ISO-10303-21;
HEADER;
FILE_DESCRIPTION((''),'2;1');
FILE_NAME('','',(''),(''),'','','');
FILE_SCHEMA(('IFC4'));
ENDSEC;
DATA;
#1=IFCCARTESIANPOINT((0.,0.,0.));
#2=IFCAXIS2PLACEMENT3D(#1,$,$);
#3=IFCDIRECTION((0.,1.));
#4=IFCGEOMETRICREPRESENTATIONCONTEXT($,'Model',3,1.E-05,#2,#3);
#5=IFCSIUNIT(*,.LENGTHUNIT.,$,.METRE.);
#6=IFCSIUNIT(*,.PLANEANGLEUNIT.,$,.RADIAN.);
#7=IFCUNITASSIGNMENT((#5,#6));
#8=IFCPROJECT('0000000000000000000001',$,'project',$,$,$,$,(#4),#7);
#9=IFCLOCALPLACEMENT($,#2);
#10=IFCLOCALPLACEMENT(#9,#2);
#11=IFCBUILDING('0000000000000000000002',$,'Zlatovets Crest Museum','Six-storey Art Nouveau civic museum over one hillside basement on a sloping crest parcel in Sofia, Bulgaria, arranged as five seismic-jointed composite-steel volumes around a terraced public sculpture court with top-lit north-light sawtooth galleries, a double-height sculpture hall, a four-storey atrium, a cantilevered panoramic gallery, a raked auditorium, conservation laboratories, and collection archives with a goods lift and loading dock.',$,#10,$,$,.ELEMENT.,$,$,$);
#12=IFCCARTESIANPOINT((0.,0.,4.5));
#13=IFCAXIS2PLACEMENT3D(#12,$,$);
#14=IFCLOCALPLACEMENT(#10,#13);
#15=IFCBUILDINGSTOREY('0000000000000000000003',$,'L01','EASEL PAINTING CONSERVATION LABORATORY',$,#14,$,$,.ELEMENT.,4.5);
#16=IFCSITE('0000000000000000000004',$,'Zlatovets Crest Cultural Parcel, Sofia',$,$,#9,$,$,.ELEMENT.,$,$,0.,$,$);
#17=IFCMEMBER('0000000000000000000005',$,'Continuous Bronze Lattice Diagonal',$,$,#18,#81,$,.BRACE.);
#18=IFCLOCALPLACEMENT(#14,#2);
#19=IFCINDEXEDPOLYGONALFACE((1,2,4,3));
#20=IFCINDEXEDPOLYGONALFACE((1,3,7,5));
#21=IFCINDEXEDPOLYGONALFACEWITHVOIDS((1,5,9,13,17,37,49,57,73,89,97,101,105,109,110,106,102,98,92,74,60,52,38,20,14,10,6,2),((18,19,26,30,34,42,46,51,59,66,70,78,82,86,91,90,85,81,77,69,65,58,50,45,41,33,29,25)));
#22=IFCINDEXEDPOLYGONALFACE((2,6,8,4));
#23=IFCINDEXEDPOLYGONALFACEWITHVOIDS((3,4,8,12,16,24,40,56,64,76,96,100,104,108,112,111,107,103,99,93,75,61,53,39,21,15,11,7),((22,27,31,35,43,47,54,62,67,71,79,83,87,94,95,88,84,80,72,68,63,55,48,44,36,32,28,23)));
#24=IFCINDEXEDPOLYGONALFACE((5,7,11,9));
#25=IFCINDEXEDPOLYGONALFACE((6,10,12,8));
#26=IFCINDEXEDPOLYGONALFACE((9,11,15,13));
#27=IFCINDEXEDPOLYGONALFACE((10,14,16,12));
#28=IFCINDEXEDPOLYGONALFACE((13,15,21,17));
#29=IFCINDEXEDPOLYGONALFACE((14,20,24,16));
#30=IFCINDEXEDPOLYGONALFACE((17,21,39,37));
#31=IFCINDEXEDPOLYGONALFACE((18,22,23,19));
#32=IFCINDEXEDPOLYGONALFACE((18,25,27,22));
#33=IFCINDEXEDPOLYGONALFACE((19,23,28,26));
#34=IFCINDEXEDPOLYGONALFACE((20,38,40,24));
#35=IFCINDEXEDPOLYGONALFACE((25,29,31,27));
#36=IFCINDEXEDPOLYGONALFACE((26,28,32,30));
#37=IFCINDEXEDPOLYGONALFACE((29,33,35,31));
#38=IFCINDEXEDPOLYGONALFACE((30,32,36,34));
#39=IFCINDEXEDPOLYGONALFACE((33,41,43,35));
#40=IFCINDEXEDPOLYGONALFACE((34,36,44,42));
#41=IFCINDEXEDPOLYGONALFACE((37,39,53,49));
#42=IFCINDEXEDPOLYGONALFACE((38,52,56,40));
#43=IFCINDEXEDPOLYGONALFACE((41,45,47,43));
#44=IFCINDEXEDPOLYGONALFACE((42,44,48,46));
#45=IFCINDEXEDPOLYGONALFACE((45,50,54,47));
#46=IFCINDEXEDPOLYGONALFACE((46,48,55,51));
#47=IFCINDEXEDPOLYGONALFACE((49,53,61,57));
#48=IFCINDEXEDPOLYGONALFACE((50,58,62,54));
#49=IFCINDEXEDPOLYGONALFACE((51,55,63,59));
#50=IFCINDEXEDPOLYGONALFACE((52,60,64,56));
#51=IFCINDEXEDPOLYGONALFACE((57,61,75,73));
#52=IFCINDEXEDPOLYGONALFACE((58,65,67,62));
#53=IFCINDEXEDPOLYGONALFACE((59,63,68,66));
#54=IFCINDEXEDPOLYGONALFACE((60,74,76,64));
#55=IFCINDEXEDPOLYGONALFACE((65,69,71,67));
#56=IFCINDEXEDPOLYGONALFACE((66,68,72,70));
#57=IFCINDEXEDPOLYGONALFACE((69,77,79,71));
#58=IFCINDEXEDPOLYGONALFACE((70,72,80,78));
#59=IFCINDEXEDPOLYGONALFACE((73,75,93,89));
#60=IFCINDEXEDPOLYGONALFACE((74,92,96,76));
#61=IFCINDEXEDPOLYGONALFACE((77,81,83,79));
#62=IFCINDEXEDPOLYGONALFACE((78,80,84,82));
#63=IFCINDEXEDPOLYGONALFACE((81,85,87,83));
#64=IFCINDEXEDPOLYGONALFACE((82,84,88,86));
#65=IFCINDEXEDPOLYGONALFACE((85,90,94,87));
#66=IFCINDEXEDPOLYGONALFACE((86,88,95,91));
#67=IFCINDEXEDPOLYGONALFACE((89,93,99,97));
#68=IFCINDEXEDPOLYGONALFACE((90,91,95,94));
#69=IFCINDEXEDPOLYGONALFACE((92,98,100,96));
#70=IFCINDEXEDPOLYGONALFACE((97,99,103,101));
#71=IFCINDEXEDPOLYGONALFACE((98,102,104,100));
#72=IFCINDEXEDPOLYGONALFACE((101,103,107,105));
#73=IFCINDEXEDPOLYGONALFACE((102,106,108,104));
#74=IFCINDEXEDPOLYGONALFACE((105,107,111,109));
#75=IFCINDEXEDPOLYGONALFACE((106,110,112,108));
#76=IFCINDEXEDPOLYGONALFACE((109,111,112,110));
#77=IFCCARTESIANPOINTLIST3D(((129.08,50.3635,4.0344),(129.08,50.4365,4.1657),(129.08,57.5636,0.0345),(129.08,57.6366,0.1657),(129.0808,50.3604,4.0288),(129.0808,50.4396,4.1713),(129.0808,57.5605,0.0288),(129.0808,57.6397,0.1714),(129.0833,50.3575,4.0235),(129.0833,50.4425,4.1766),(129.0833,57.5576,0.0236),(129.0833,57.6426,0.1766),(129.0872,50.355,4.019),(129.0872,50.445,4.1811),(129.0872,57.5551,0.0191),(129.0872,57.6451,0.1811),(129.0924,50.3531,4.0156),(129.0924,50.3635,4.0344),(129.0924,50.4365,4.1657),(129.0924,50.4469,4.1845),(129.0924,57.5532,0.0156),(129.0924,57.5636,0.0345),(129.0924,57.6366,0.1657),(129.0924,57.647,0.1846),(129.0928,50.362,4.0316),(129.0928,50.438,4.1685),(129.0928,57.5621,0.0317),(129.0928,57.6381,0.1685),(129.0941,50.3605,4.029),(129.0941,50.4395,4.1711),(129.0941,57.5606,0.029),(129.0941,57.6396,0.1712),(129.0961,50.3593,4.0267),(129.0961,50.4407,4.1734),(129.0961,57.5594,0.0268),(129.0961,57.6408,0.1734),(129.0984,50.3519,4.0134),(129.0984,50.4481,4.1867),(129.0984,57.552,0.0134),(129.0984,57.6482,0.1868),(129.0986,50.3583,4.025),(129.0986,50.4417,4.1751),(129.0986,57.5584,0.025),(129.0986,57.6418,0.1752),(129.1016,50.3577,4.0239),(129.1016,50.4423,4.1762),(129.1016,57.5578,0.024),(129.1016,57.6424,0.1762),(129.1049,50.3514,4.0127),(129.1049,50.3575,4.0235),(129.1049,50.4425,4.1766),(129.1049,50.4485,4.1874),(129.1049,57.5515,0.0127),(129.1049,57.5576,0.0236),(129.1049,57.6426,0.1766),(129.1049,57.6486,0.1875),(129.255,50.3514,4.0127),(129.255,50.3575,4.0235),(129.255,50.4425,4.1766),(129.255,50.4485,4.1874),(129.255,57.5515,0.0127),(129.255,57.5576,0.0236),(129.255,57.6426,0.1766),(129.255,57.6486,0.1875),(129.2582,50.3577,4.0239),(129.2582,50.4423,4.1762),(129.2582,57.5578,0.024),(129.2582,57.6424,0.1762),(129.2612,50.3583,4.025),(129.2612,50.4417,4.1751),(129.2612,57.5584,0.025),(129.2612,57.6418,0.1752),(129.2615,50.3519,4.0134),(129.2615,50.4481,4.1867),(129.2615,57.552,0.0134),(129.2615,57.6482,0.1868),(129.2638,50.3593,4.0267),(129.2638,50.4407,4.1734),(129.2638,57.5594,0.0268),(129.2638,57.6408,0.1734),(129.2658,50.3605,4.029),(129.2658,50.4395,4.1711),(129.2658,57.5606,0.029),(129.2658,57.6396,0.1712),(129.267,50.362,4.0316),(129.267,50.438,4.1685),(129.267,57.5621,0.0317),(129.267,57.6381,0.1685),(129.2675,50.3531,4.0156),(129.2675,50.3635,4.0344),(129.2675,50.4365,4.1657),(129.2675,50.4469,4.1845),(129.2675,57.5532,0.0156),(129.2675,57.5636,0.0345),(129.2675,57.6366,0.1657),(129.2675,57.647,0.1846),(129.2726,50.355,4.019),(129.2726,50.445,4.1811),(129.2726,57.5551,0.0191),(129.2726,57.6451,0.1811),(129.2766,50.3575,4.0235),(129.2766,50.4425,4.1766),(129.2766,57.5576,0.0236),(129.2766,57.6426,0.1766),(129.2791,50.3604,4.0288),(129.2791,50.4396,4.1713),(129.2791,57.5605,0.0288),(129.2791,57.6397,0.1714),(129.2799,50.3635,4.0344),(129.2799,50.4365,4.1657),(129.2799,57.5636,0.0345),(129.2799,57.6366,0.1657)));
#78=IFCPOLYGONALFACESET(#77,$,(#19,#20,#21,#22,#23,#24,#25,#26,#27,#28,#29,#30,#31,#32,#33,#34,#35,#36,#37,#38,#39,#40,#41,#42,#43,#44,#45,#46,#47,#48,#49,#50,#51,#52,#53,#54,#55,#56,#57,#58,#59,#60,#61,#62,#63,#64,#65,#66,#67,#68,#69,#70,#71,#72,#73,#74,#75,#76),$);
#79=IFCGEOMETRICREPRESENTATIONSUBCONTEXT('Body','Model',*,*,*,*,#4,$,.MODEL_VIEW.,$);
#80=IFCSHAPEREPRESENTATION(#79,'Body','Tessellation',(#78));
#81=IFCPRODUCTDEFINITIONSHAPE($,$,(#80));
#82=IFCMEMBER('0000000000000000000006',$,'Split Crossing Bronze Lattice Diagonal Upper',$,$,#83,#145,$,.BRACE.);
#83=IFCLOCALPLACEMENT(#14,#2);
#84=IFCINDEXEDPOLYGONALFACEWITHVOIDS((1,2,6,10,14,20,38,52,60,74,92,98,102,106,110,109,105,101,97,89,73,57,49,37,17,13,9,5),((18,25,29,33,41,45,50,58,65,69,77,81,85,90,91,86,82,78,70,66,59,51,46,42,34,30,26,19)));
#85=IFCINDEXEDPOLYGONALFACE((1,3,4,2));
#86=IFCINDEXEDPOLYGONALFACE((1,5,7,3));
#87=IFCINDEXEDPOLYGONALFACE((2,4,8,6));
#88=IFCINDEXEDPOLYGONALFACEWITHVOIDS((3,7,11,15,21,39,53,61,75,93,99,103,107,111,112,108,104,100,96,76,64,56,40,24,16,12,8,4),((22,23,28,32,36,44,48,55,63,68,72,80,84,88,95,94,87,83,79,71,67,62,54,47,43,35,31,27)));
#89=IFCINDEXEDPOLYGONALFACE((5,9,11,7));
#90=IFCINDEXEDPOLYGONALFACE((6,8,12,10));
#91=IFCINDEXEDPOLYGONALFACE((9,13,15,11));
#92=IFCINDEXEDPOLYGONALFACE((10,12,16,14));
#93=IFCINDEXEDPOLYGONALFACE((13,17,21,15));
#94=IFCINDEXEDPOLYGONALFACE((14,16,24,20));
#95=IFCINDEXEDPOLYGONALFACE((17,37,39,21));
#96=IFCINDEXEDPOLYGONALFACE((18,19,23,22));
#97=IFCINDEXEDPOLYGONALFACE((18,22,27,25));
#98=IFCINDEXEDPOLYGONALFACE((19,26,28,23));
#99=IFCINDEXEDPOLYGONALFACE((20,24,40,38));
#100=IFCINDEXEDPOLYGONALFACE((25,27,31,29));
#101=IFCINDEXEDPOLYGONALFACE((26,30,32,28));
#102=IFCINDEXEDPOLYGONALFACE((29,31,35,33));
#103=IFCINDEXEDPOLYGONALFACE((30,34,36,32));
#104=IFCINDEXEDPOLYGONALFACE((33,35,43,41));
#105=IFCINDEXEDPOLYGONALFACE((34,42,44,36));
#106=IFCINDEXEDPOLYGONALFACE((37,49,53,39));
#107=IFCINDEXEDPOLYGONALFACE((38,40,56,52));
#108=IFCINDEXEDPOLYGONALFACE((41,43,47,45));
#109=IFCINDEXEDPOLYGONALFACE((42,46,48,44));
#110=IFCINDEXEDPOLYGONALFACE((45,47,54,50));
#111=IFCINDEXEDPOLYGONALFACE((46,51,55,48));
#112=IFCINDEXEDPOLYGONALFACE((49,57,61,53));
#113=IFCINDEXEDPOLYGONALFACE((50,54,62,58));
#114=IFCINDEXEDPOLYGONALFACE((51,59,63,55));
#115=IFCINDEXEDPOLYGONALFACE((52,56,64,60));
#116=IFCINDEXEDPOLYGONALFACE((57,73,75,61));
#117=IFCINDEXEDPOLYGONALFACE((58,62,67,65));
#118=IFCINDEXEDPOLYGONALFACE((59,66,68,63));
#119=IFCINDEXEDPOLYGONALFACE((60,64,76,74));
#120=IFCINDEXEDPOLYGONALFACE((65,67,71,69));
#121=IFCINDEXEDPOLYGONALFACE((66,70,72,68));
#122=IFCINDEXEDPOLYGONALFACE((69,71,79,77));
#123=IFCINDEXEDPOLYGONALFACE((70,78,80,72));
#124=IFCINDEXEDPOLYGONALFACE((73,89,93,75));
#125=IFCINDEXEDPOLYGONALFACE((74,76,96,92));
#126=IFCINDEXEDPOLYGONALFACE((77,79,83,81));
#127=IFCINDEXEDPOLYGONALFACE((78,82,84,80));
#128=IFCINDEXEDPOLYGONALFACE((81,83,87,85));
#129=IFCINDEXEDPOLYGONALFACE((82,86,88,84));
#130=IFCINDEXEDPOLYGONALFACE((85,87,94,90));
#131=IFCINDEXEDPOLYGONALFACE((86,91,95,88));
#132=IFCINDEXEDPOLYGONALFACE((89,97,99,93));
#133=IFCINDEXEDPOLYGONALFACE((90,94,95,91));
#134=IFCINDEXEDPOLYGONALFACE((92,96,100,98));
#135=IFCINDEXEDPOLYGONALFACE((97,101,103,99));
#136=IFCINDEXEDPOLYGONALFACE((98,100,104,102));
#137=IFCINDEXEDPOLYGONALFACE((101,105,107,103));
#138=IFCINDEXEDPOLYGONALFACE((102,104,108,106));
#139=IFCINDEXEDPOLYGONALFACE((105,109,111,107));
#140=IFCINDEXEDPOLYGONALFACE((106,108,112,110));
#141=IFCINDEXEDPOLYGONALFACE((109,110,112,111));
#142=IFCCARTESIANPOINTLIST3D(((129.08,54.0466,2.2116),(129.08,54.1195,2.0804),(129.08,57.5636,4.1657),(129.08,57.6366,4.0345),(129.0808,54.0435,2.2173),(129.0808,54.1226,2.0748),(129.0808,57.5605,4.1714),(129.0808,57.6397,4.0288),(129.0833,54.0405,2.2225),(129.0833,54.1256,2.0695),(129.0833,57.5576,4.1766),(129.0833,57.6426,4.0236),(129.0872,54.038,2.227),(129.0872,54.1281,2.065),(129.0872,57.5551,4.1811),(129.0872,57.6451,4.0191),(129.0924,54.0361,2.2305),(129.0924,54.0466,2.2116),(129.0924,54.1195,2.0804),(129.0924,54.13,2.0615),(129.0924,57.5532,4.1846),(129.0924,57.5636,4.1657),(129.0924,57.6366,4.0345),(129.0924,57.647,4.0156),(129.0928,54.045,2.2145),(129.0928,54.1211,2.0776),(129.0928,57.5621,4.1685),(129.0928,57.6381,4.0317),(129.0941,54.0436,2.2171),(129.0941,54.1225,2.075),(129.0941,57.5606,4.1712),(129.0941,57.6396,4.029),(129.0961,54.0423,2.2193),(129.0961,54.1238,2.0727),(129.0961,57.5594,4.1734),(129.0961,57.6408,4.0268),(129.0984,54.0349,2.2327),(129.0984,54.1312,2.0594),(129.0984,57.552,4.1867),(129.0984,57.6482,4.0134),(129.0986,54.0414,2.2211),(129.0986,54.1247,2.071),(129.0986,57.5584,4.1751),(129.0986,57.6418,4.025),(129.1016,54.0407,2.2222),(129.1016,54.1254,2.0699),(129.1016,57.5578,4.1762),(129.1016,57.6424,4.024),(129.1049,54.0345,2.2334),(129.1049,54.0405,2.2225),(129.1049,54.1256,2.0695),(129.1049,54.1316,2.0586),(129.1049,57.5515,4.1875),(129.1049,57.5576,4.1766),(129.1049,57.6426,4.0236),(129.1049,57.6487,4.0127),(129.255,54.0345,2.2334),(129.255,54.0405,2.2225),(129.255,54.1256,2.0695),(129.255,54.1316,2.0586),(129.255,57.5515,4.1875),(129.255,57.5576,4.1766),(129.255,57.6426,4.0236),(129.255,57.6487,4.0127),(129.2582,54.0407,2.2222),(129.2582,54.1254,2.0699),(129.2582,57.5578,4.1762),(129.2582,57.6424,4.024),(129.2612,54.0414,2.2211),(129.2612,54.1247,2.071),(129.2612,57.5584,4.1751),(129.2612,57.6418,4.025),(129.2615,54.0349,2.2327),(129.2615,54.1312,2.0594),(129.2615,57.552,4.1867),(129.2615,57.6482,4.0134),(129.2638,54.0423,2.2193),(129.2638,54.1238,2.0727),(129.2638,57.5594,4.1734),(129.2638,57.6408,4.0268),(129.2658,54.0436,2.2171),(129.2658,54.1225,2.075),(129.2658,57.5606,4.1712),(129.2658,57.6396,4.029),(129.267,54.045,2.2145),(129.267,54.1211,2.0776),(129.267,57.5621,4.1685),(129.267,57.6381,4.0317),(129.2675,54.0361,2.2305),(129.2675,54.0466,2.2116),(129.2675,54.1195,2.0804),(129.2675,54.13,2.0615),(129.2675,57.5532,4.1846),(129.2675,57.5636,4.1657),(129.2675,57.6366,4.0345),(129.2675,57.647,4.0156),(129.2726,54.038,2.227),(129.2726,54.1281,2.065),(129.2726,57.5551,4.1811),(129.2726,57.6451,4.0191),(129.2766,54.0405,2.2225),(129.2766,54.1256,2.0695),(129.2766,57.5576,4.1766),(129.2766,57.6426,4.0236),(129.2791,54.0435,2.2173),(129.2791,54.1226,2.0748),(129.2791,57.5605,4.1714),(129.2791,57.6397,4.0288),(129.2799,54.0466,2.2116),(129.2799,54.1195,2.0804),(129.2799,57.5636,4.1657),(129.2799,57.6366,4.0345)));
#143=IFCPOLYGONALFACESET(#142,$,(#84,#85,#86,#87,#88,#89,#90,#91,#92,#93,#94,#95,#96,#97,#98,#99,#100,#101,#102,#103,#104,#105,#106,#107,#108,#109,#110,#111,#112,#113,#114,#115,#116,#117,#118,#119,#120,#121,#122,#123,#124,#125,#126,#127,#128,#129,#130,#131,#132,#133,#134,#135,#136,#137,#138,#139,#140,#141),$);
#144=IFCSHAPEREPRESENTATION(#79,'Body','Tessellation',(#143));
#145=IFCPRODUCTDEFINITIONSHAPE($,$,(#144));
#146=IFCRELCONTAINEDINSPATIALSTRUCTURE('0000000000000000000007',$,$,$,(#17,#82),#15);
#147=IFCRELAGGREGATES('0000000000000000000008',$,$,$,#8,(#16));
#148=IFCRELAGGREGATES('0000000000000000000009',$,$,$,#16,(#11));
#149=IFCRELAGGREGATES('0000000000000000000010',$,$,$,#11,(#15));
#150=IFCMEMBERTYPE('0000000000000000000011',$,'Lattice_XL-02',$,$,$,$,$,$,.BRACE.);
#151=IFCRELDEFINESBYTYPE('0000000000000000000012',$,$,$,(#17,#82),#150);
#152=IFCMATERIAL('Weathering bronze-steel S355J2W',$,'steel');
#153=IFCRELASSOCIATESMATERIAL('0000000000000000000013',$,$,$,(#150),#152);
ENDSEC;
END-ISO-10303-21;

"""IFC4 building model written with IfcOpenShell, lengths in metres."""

from ifc_helpers import new_model, si_unit, direction, frame, origin, origin_2d, place, context, subcontext, project, spatial, hollow_rectangle, extrude, material, material_profile, profile_set, type_object, element, save


model = new_model("IFC4")

# Units and contexts
model_context = context("Model", 3, precision=1e-05, world=origin(), true_north=direction((0.0, 1.0)))
body_context = subcontext(model_context, "Body", "Model", "MODEL_VIEW")
ifc_project = project(units=[si_unit("LENGTHUNIT", "METRE"), si_unit("PLANEANGLEUNIT", "RADIAN")], contexts=[model_context])

# Site, building, storey
site_placement = place(None, origin())
site = spatial("IfcSite", under=ifc_project, at=site_placement, Name="Zlatovets Crest Cultural Parcel, Sofia", CompositionType="ELEMENT", RefElevation=0.0)
building_placement = place(site_placement, origin())
building = spatial("IfcBuilding", under=site, at=building_placement, Name="Zlatovets Crest Museum", Description="Six-storey Art Nouveau civic museum over one hillside basement on a sloping crest parcel in Sofia, Bulgaria, arranged as five seismic-jointed composite-steel volumes around a terraced public sculpture court with top-lit north-light sawtooth galleries, a double-height sculpture hall, a four-storey atrium, a cantilevered panoramic gallery, a raked auditorium, conservation laboratories, and collection archives with a goods lift and loading dock.", CompositionType="ELEMENT")
storey_placement = place(building_placement, frame((0.0, 0.0, 4.5)))
storey = spatial("IfcBuildingStorey", under=building, at=storey_placement, Name="L01", Description="EASEL PAINTING CONSERVATION LABORATORY", CompositionType="ELEMENT", Elevation=4.5)

# Members
ifc_material_1 = material(Name="Weathering bronze-steel S355J2W", Category="steel")
ifc_material_profile_1 = material_profile(ifc_material_1, hollow_rectangle(XDim=0.2, YDim=0.2, WallThickness=0.0125, InnerFilletRadius=0.0125, OuterFilletRadius=0.0249, at=origin_2d()), Name="SHS 200x200x12.5")
ifc_profile_set_1 = profile_set([ifc_material_profile_1], Name="Weathering bronze-steel S355J2W")
member_type_1 = type_object("IfcMemberType", Name="Lattice_XL-02", PredefinedType="BRACE", material=ifc_profile_set_1)
member_1_placement = place(storey_placement, frame((129.1799, 57.6001, 0.1001), z_axis=(0.0, -0.874163, 0.485633), x_axis=(1.0, 0.0, 0.0)))
element("IfcMember", 1, at=member_1_placement, inside=storey, type_object=member_type_1, Name="Continuous Bronze Lattice Diagonal", PredefinedType="BRACE", context=body_context, shape_type="SweptSolid", body=[
    extrude(hollow_rectangle(XDim=0.2, YDim=0.2, WallThickness=0.0125, InnerFilletRadius=0.0125, OuterFilletRadius=0.0249, at=origin_2d()), origin(), (0.0, 0.0, 1.0), 8.2366),
])
for number, where, z_axis, x_axis, name in (
    (2, (129.1799, 57.6001, 4.1001), (0.0, -0.87414, -0.485674), (1.0, 0.0, 0.0), "Split Crossing Bronze Lattice Diagonal Upper"),
):
    element("IfcMember", number, at=place(storey_placement, frame(where, z_axis=z_axis, x_axis=x_axis)), inside=storey, type_object=member_type_1, Name=name, PredefinedType="BRACE", context=body_context, shape_type="SweptSolid", body=[
        extrude(hollow_rectangle(XDim=0.2, YDim=0.2, WallThickness=0.0125, InnerFilletRadius=0.0125, OuterFilletRadius=0.0249, at=origin_2d()), origin(), (0.0, 0.0, 1.0), 4.0234),
    ])

save(model, "model.ifc")
